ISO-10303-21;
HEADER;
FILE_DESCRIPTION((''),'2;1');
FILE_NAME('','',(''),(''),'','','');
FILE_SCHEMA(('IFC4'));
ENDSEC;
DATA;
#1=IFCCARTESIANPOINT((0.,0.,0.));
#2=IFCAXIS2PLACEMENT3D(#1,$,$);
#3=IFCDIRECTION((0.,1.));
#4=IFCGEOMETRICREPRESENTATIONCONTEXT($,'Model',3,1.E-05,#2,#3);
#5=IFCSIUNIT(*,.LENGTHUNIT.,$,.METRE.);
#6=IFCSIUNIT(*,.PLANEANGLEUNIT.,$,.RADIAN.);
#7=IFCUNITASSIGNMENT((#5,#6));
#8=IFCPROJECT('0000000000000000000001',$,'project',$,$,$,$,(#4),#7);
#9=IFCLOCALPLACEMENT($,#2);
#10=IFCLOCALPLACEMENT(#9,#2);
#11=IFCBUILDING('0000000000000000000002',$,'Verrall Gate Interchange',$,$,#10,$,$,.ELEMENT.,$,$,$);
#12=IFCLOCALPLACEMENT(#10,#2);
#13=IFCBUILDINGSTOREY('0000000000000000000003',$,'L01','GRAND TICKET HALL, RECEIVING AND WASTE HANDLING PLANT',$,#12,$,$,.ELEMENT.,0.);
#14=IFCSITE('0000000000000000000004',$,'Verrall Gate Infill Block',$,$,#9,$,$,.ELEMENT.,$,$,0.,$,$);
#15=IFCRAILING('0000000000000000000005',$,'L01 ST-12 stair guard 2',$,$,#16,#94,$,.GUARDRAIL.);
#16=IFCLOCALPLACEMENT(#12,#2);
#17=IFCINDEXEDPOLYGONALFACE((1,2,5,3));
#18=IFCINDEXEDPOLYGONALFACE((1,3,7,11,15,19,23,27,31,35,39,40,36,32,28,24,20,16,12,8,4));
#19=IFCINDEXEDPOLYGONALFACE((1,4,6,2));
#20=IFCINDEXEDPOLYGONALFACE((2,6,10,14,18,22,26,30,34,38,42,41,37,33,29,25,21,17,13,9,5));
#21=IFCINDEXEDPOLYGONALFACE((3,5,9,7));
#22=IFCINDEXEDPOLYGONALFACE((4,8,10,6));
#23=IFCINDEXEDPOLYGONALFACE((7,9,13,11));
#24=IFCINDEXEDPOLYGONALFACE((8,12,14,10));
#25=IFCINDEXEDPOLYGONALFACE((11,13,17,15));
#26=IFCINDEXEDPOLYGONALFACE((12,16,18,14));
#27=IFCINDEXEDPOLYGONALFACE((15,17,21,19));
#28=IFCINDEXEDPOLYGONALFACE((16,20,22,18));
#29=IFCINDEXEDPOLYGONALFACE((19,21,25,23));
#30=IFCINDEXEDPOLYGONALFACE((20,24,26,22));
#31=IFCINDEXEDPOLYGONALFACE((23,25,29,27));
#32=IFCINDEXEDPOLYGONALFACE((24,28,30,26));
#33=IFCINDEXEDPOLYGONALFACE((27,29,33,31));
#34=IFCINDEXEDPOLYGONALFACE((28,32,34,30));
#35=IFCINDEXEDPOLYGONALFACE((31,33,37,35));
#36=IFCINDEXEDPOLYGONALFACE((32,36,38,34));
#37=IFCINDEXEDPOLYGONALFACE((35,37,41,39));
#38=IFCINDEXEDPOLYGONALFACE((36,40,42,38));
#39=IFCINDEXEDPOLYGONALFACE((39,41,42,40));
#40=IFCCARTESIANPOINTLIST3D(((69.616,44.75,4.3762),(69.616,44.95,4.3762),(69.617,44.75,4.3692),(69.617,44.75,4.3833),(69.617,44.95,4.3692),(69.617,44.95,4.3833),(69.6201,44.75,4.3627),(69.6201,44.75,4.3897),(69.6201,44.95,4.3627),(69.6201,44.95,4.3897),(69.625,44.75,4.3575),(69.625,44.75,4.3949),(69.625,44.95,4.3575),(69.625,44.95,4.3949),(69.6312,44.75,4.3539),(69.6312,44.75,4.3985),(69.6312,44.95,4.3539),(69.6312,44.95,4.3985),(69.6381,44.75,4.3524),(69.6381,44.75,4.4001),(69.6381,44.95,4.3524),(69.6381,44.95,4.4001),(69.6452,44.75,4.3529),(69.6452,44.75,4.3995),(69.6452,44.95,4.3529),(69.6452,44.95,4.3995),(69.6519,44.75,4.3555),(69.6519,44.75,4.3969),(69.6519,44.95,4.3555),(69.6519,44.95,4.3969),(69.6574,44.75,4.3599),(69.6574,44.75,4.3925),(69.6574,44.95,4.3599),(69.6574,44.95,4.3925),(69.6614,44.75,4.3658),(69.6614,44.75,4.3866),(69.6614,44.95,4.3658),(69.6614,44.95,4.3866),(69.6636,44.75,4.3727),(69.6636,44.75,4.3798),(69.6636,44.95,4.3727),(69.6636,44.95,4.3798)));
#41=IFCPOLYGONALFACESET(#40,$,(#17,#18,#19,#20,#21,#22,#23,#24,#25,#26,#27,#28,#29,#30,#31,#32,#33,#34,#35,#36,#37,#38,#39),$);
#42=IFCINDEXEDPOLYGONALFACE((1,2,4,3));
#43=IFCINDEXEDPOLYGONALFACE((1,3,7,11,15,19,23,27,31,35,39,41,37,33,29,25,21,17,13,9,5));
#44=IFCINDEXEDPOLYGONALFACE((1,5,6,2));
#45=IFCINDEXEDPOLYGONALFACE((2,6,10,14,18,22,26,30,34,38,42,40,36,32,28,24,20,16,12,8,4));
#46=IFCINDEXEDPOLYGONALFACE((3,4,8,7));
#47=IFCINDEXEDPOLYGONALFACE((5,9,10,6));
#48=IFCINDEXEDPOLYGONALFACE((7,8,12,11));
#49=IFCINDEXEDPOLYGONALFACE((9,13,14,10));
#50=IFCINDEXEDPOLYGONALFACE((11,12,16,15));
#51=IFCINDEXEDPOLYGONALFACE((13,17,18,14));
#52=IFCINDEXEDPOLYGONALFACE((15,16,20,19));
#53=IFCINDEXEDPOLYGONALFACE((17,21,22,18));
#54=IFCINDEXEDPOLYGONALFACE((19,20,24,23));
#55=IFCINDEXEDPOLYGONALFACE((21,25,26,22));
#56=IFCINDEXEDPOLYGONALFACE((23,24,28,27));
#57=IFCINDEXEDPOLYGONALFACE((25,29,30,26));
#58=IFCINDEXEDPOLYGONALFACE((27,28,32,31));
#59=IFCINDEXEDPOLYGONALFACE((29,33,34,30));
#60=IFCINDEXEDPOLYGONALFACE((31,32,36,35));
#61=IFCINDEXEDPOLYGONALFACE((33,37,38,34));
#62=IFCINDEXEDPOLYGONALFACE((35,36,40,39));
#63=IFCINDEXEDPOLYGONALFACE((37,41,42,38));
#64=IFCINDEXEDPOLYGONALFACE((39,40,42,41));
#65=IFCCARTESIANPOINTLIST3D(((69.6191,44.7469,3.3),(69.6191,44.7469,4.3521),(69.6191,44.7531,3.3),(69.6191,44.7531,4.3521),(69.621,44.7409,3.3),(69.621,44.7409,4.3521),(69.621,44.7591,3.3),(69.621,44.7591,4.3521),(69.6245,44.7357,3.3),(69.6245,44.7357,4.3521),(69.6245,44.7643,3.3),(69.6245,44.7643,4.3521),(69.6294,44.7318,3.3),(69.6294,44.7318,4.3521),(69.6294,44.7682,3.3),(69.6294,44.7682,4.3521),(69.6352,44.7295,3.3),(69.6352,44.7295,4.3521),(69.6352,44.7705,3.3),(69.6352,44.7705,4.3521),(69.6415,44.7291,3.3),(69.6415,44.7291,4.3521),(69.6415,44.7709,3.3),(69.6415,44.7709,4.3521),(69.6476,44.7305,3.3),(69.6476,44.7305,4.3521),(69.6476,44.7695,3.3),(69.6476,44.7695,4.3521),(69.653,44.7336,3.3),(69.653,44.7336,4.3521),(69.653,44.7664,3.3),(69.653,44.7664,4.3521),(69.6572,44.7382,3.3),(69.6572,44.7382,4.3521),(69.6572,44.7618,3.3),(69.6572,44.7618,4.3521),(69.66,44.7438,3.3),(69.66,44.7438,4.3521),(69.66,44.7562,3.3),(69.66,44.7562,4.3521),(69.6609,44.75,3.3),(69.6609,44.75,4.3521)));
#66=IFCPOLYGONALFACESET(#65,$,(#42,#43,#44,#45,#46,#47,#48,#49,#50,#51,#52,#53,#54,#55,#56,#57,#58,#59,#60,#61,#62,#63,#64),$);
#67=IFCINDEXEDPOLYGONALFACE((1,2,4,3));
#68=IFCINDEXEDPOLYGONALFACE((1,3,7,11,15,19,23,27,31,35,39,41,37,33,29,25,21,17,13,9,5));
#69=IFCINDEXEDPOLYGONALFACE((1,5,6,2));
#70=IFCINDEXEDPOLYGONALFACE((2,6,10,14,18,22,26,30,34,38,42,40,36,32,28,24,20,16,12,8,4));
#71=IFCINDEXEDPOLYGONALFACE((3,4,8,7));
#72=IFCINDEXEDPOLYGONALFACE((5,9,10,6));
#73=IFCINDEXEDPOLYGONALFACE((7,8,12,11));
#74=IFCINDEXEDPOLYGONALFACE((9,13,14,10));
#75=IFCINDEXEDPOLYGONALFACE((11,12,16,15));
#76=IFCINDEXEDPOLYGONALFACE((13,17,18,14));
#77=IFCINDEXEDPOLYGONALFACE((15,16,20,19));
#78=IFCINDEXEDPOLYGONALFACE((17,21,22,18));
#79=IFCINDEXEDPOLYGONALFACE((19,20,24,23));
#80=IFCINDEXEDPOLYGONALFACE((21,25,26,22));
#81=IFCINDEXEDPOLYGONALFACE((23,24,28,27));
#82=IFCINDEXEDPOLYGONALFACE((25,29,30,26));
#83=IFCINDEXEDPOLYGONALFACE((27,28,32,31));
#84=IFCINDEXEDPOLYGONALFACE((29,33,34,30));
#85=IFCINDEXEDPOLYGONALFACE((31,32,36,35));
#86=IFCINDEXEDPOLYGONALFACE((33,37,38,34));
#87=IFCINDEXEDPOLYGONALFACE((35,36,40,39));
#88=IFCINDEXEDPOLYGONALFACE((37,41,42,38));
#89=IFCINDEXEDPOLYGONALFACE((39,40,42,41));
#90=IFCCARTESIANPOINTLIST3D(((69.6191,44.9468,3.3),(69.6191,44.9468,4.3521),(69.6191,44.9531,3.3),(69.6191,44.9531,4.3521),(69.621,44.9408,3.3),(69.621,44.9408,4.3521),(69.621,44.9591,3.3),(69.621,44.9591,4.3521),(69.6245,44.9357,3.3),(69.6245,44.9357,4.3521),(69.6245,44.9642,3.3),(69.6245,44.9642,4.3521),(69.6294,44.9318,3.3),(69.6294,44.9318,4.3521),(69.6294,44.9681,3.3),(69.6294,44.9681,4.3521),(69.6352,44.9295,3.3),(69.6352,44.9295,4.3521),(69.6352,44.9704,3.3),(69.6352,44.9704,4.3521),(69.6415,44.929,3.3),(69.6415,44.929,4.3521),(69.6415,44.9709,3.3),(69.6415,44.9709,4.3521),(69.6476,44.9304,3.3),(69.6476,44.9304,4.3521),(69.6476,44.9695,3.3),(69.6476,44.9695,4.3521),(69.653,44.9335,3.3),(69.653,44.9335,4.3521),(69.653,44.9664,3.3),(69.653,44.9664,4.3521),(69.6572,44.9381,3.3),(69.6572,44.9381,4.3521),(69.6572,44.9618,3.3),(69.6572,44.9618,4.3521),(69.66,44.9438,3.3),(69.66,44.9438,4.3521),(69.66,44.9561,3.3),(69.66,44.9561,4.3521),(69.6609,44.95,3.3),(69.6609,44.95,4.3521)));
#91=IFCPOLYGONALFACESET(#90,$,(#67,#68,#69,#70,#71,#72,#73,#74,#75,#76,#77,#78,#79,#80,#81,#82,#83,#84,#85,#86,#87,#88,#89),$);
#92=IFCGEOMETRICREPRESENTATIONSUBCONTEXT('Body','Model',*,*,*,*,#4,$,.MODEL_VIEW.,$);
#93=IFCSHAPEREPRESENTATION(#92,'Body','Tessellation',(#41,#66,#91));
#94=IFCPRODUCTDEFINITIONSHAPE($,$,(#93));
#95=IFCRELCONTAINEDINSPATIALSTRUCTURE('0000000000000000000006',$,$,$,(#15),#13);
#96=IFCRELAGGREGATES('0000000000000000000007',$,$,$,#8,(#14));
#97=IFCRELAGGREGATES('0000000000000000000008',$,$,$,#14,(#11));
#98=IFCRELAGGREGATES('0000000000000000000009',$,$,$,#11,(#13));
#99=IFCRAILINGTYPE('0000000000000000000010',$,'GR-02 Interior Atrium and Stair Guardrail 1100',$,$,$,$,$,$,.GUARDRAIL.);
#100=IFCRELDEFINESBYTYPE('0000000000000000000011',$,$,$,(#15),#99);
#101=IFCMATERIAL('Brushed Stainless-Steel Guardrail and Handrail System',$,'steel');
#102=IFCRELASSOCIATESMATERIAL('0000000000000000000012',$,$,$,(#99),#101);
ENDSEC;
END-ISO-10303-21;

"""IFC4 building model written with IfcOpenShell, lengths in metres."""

from ifc_helpers import new_model, si_unit, direction, frame, origin, origin_2d, place, context, subcontext, project, spatial, circle, extrude, material, type_object, element, save


model = new_model("IFC4")

# Units and contexts
model_context = context("Model", 3, precision=1e-05, world=origin(), true_north=direction((0.0, 1.0)))
body_context = subcontext(model_context, "Body", "Model", "MODEL_VIEW")
ifc_project = project(units=[si_unit("LENGTHUNIT", "METRE"), si_unit("PLANEANGLEUNIT", "RADIAN")], contexts=[model_context])

# Site, building, storey
site_placement = place(None, origin())
site = spatial("IfcSite", under=ifc_project, at=site_placement, Name="Verrall Gate Infill Block", CompositionType="ELEMENT", RefElevation=0.0)
building_placement = place(site_placement, origin())
building = spatial("IfcBuilding", under=site, at=building_placement, Name="Verrall Gate Interchange", CompositionType="ELEMENT")
storey_placement = place(building_placement, origin())
storey = spatial("IfcBuildingStorey", under=building, at=storey_placement, Name="L01", Description="GRAND TICKET HALL, RECEIVING AND WASTE HANDLING PLANT", CompositionType="ELEMENT", Elevation=0.0)

# Railing
ifc_material_1 = material(Name="Brushed Stainless-Steel Guardrail and Handrail System", Category="steel")
railing_type_1 = type_object("IfcRailingType", Name="GR-02 Interior Atrium and Stair Guardrail 1100", PredefinedType="GUARDRAIL", material=ifc_material_1)
railing_1_placement = place(storey_placement, frame((69.6399, 44.75, 3.3)))
element("IfcRailing", 1, at=railing_1_placement, inside=storey, type_object=railing_type_1, Name="L01 ST-12 stair guard 2", PredefinedType="GUARDRAIL", context=body_context, shape_type="SweptSolid", body=[
    extrude(circle(Radius=0.0239, at=origin_2d()), frame((0.0, 0.0, 1.0762), z_axis=(0.0, 1.0, 0.0), x_axis=(-1.0, 0.0, 0.0)), (0.0, 0.0, 1.0), 0.2),
    extrude(circle(Radius=0.021, at=origin_2d()), origin(), (0.0, 0.0, 1.0), 1.052),
    extrude(circle(Radius=0.021, at=origin_2d()), frame((0.0, 0.2, 0.0)), (0.0, 0.0, 1.0), 1.052),
])

save(model, "model.ifc")
